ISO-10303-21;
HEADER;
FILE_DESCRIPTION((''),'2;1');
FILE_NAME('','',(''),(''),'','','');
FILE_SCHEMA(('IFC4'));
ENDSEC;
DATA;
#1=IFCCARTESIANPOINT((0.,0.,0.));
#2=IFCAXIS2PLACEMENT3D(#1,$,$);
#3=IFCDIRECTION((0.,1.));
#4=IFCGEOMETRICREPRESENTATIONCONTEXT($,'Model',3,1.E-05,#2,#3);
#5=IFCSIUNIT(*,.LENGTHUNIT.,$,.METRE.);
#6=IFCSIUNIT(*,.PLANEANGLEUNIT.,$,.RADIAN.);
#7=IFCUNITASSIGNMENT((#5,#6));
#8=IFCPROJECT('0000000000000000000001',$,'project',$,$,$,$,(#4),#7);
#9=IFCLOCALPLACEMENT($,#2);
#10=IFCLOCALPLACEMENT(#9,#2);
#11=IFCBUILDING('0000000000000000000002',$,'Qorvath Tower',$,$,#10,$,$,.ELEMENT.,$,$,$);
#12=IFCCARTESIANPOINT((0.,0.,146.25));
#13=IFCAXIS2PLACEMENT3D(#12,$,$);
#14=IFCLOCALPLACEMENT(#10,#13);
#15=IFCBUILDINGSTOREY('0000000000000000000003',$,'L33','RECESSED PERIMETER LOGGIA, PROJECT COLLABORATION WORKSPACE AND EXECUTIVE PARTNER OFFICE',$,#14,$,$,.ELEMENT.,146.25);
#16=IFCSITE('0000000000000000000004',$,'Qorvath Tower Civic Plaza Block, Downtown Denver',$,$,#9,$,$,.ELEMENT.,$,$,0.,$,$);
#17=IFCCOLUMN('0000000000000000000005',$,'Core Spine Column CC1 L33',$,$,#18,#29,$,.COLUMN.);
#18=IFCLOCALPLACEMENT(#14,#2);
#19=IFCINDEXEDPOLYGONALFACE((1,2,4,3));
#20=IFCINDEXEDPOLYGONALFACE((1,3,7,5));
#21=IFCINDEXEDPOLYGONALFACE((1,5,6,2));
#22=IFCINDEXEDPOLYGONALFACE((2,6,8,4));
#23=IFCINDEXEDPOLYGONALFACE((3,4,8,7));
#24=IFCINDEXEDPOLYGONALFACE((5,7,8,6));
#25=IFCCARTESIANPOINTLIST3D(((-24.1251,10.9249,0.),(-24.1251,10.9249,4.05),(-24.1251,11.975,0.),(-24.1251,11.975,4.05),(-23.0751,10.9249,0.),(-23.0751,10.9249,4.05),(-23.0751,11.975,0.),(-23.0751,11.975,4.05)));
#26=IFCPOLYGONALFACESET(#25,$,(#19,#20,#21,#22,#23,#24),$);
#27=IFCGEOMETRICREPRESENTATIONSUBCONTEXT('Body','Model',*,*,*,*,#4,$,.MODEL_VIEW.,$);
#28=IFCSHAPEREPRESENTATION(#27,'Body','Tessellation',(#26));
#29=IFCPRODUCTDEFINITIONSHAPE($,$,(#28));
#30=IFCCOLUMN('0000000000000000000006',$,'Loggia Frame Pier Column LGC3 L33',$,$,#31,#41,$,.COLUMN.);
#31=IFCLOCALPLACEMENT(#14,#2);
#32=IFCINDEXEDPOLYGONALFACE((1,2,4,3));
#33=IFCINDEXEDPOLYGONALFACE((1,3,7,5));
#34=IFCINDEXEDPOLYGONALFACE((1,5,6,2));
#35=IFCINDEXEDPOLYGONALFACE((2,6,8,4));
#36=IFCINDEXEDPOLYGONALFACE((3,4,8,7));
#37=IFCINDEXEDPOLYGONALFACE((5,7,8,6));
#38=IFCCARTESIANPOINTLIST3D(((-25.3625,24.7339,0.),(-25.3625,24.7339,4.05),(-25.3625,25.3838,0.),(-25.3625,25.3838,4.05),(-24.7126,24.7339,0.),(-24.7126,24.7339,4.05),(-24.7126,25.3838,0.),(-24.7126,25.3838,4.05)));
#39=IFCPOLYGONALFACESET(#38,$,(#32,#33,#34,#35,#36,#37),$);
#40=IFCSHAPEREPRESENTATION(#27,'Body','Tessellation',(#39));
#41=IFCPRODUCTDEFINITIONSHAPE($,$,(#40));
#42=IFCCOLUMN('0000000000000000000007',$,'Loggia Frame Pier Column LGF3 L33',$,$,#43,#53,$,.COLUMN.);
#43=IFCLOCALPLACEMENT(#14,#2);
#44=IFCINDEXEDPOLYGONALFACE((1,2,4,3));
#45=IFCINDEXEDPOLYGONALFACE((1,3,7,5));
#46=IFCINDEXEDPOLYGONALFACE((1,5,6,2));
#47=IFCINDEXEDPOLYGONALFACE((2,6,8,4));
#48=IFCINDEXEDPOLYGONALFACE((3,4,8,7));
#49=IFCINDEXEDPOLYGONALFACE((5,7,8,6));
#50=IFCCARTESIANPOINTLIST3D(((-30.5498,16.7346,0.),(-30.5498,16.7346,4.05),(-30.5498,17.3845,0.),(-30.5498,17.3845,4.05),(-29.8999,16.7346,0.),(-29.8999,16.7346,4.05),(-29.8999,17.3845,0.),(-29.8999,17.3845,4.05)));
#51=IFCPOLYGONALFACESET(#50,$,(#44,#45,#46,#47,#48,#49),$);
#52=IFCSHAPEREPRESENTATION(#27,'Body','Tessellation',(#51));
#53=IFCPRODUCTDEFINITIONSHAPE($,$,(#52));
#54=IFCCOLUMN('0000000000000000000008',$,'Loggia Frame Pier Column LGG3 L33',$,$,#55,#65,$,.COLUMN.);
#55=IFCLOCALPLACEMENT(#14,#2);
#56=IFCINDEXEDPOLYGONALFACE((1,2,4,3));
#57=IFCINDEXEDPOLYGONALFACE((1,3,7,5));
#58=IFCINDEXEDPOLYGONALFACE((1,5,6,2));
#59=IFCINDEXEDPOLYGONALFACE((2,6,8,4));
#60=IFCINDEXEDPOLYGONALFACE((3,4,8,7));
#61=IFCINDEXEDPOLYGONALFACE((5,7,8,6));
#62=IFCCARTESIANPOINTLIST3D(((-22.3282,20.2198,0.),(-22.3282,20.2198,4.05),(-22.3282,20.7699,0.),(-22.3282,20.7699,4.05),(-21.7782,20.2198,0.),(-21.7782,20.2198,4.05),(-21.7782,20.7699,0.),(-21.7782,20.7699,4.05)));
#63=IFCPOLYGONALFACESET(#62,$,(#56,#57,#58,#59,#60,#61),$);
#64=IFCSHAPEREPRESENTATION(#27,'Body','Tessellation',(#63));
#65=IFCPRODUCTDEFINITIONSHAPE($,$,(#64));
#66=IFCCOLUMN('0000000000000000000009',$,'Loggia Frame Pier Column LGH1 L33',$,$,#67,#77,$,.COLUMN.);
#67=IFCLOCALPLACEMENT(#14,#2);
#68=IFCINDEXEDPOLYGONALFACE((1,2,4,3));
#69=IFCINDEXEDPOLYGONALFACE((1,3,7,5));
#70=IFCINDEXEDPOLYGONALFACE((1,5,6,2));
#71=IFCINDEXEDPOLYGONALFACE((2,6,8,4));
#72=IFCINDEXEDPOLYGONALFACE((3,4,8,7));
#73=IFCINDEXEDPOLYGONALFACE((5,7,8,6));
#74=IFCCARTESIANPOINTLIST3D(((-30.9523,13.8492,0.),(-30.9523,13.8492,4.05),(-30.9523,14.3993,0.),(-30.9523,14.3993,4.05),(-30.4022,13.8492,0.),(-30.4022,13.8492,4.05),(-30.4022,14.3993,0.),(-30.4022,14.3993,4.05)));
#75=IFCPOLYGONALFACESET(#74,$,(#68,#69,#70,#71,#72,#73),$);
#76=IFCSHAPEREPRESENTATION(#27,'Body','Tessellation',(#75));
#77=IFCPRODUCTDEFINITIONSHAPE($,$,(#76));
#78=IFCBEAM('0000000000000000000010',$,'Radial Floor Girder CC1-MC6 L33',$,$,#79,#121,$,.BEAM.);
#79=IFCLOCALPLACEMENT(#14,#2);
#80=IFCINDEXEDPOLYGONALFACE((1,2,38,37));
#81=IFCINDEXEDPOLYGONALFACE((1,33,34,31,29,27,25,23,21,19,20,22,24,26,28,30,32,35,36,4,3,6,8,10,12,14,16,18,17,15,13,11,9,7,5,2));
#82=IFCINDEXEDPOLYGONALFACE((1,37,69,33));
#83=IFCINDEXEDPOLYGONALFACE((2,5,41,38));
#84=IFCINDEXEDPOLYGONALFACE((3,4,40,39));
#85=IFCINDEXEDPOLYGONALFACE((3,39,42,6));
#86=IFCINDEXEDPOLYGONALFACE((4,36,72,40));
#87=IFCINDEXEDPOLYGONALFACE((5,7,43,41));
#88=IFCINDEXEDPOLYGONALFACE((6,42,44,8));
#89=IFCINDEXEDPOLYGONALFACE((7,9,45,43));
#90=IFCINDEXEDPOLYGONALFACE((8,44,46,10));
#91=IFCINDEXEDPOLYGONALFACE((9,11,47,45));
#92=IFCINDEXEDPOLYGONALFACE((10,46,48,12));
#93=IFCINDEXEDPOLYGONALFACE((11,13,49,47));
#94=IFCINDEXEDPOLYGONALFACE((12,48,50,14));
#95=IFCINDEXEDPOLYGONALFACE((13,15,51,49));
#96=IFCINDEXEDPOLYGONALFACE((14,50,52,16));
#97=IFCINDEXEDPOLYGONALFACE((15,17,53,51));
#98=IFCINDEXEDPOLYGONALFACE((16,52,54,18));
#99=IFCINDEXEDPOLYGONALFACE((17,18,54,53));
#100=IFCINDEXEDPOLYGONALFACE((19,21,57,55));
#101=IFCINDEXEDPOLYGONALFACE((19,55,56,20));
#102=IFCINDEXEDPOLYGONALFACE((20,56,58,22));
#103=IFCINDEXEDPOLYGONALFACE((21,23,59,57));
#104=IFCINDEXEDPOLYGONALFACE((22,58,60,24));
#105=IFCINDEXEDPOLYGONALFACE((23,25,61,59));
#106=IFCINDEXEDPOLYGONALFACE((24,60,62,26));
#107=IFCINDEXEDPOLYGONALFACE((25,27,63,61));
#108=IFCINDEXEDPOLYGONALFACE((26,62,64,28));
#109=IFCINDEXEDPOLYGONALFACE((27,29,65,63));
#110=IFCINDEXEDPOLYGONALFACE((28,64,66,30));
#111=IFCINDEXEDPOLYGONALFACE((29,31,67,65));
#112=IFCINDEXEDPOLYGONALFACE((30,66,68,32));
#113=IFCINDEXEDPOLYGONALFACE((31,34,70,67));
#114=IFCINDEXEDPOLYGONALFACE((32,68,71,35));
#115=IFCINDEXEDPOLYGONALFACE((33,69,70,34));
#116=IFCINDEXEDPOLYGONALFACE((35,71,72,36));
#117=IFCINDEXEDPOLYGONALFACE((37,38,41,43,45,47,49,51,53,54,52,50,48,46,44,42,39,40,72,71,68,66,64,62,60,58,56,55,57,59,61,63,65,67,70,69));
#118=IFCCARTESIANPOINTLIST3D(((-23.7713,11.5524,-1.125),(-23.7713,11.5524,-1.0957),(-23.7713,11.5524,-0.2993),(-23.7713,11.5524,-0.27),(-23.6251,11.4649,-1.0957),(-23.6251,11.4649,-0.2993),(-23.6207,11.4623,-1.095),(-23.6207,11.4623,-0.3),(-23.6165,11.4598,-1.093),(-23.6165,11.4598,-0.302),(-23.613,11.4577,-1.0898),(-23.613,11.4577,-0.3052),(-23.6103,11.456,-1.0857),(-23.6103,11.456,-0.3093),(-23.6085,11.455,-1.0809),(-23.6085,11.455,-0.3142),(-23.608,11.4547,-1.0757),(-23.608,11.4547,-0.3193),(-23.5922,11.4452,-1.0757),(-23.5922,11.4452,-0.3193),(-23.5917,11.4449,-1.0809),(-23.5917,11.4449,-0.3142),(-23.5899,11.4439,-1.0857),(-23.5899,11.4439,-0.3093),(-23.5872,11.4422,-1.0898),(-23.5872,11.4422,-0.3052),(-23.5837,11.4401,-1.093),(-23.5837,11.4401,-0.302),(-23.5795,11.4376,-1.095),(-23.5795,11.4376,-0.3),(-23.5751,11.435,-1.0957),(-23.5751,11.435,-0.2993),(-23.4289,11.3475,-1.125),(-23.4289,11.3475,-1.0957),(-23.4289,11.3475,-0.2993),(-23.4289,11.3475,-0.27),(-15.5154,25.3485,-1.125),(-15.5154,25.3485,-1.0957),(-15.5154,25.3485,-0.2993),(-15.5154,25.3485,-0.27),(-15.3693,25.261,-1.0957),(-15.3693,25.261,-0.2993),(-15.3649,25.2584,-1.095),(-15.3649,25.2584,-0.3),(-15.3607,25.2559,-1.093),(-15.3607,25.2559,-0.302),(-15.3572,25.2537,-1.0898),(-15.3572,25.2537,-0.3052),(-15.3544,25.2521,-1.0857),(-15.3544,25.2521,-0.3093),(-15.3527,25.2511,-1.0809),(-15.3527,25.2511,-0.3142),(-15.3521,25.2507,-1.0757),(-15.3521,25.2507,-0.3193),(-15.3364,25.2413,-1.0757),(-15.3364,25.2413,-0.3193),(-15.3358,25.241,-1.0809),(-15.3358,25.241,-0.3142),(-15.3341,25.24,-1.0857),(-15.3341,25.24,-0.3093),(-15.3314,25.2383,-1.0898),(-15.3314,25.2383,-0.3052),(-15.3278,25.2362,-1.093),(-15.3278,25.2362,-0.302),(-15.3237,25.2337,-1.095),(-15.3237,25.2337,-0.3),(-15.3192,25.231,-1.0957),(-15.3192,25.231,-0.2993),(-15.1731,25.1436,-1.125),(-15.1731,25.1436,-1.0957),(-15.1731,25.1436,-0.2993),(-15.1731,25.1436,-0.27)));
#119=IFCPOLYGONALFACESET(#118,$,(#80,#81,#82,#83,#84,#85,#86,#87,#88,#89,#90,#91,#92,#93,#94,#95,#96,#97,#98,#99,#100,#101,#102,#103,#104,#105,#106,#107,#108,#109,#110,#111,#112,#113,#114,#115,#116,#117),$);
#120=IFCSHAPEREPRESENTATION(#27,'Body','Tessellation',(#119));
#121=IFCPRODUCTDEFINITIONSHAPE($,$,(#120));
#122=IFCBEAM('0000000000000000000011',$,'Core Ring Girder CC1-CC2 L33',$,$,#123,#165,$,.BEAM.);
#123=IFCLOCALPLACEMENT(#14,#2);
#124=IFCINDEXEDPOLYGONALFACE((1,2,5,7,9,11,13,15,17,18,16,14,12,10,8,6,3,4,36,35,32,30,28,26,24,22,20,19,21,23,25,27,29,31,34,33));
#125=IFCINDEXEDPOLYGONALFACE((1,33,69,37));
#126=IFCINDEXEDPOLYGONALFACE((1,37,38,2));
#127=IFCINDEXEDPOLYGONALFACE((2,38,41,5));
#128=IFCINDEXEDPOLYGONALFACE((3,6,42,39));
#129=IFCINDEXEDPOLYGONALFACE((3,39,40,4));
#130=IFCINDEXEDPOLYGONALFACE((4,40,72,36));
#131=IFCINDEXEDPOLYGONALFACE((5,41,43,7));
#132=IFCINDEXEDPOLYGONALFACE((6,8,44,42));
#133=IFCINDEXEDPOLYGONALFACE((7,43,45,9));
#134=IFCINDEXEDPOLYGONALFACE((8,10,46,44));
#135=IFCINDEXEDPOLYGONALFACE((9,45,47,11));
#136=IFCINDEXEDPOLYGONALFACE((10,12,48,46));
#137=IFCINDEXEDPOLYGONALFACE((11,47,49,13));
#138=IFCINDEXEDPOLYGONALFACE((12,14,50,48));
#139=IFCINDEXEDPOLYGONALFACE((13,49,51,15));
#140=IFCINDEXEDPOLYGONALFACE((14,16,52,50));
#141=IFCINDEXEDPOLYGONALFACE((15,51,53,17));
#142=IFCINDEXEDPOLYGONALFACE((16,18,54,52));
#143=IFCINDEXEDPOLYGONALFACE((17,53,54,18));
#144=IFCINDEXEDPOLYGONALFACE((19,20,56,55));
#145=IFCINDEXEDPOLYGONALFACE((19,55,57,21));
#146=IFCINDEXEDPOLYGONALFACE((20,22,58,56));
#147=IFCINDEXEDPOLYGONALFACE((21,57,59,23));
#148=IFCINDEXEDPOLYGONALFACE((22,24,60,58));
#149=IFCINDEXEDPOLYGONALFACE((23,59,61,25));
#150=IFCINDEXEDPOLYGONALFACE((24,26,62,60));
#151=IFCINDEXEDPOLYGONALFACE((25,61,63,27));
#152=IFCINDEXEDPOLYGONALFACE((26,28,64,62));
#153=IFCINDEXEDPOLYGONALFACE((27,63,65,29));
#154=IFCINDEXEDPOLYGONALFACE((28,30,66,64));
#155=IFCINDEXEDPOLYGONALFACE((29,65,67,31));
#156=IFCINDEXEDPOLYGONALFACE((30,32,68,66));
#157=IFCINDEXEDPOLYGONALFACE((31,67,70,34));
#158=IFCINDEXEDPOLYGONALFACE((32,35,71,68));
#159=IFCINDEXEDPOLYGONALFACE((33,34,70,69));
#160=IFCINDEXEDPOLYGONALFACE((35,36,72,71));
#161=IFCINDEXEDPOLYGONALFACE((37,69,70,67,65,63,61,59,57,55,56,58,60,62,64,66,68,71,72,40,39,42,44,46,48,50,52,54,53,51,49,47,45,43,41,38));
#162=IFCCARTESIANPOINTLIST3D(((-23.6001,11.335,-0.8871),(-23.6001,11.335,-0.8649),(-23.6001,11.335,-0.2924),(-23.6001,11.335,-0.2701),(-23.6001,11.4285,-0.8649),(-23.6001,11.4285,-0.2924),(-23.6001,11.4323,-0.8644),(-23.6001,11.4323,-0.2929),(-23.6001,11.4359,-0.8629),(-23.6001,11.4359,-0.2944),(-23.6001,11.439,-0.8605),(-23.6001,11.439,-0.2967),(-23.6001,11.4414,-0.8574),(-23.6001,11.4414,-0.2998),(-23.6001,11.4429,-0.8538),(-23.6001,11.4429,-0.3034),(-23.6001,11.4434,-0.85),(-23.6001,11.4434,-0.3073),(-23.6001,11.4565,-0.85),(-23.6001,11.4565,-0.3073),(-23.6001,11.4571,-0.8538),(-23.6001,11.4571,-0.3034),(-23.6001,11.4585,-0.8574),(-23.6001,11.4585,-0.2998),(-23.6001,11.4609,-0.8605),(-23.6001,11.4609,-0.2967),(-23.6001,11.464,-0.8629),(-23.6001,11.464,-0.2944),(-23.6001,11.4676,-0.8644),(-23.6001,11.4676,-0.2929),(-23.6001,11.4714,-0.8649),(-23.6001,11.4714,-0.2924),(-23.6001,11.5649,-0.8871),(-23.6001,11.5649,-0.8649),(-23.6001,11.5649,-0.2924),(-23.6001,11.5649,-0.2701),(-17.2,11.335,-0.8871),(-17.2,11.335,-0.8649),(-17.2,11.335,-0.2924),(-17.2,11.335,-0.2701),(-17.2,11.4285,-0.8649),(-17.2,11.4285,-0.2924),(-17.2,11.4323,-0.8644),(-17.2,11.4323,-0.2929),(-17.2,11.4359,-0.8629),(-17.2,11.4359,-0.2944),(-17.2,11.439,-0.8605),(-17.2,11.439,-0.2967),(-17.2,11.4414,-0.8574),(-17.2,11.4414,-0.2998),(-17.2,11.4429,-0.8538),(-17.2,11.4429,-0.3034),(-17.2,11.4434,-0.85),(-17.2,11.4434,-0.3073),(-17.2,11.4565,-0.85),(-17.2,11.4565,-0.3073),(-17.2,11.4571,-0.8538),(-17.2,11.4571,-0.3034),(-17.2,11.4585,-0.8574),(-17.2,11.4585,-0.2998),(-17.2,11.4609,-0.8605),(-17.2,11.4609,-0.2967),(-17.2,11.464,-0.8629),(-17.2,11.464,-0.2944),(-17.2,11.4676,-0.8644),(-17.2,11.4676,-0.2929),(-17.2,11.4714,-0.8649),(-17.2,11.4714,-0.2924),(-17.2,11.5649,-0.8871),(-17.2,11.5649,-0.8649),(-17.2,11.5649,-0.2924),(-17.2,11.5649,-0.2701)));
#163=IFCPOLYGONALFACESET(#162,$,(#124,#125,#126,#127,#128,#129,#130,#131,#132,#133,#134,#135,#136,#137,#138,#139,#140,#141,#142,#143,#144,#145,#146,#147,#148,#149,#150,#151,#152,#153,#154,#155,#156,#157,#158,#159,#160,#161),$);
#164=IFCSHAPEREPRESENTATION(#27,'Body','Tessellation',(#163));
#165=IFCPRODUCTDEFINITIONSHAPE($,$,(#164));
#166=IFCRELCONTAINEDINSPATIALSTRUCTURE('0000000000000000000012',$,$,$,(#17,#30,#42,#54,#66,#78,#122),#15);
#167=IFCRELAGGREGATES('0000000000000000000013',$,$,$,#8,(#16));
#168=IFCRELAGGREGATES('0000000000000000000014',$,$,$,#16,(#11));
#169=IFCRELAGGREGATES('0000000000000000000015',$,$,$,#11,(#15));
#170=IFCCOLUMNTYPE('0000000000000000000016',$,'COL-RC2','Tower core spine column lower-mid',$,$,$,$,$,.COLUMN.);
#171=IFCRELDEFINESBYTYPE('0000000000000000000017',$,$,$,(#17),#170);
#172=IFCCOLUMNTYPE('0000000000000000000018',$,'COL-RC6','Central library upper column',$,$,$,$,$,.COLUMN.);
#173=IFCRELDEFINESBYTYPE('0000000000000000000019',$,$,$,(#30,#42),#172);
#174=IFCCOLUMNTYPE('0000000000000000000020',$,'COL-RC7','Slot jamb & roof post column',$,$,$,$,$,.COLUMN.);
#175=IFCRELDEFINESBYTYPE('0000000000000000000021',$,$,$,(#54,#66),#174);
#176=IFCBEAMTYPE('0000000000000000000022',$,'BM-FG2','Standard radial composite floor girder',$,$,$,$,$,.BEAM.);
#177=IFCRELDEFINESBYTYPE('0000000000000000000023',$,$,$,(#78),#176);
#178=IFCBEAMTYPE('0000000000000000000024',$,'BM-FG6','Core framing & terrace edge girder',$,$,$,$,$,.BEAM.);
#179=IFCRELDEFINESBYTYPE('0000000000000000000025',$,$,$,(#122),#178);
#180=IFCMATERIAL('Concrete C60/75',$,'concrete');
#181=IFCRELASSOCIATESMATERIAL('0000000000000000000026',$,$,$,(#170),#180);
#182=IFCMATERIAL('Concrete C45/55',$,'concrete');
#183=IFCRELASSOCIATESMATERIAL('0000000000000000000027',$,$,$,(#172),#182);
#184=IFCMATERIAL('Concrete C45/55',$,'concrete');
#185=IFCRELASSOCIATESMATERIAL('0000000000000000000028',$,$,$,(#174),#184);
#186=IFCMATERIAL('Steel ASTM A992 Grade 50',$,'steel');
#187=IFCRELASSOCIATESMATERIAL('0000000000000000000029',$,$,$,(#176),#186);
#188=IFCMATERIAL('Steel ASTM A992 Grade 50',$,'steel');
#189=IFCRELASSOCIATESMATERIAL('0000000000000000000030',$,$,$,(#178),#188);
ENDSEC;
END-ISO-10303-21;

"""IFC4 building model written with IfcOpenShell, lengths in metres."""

from ifc_helpers import new_model, si_unit, direction, frame, origin, origin_2d, place, context, subcontext, project, spatial, rectangle, i_section, extrude, material, material_profile, profile_set, type_object, element, save


model = new_model("IFC4")

# Units and contexts
model_context = context("Model", 3, precision=1e-05, world=origin(), true_north=direction((0.0, 1.0)))
body_context = subcontext(model_context, "Body", "Model", "MODEL_VIEW")
ifc_project = project(units=[si_unit("LENGTHUNIT", "METRE"), si_unit("PLANEANGLEUNIT", "RADIAN")], contexts=[model_context])

# Site, building, storey
site_placement = place(None, origin())
site = spatial("IfcSite", under=ifc_project, at=site_placement, Name="Qorvath Tower Civic Plaza Block, Downtown Denver", CompositionType="ELEMENT", RefElevation=0.0)
building_placement = place(site_placement, origin())
building = spatial("IfcBuilding", under=site, at=building_placement, Name="Qorvath Tower", CompositionType="ELEMENT")
storey_placement = place(building_placement, frame((0.0, 0.0, 146.25)))
storey = spatial("IfcBuildingStorey", under=building, at=storey_placement, Name="L33", Description="RECESSED PERIMETER LOGGIA, PROJECT COLLABORATION WORKSPACE AND EXECUTIVE PARTNER OFFICE", CompositionType="ELEMENT", Elevation=146.25)

# Columns
ifc_material_1 = material(Name="Concrete C60/75", Category="concrete")
ifc_material_profile_1 = material_profile(ifc_material_1, rectangle(XDim=1.05, YDim=1.05, at=origin_2d()), Name="RC 1050x1050")
ifc_profile_set_1 = profile_set([ifc_material_profile_1], Name="Concrete C60/75")
column_type_1 = type_object("IfcColumnType", Name="COL-RC2", Description="Tower core spine column lower-mid", PredefinedType="COLUMN", material=ifc_profile_set_1)
column_placement = place(storey_placement, frame((-23.6001, 11.45, 0.0), z_axis=(0.0, 0.0, 1.0), x_axis=(1.0, 0.0, 0.0)))
element("IfcColumn", 1, at=column_placement, inside=storey, type_object=column_type_1, Name="Core Spine Column CC1 L33", PredefinedType="COLUMN", context=body_context, shape_type="SweptSolid", body=[
    extrude(rectangle(XDim=1.05, YDim=1.05, at=origin_2d()), origin(), (0.0, 0.0, 1.0), 4.05),
])
ifc_material_2 = material(Name="Concrete C45/55", Category="concrete")
ifc_material_profile_2 = material_profile(ifc_material_2, rectangle(XDim=0.6499, YDim=0.6499, at=origin_2d()), Name="RC 650x650")
ifc_profile_set_2 = profile_set([ifc_material_profile_2], Name="Concrete C45/55")
column_type_2 = type_object("IfcColumnType", Name="COL-RC6", Description="Central library upper column", PredefinedType="COLUMN", material=ifc_profile_set_2)
for number, where, z_axis, x_axis, name in (
    (2, (-25.0376, 25.0588, 0.0), (0.0, 0.0, 1.0), (1.0, 0.0, 0.0), "Loggia Frame Pier Column LGC3 L33"),
    (3, (-30.2249, 17.0596, 0.0), (0.0, 0.0, 1.0), (1.0, 0.0, 0.0), "Loggia Frame Pier Column LGF3 L33"),
):
    element("IfcColumn", number, at=place(storey_placement, frame(where, z_axis=z_axis, x_axis=x_axis)), inside=storey, type_object=column_type_2, Name=name, PredefinedType="COLUMN", context=body_context, shape_type="SweptSolid", body=[
        extrude(rectangle(XDim=0.6499, YDim=0.6499, at=origin_2d()), origin(), (0.0, 0.0, 1.0), 4.05),
    ])
ifc_material_3 = material(Name="Concrete C45/55", Category="concrete")
ifc_material_profile_3 = material_profile(ifc_material_3, rectangle(XDim=0.55, YDim=0.55, at=origin_2d()), Name="RC 550x550")
ifc_profile_set_3 = profile_set([ifc_material_profile_3], Name="Concrete C45/55")
column_type_3 = type_object("IfcColumnType", Name="COL-RC7", Description="Slot jamb & roof post column", PredefinedType="COLUMN", material=ifc_profile_set_3)
for number, where, z_axis, x_axis, name in (
    (4, (-22.0532, 20.4949, 0.0), (0.0, 0.0, 1.0), (1.0, 0.0, 0.0), "Loggia Frame Pier Column LGG3 L33"),
    (5, (-30.6772, 14.1243, 0.0), (0.0, 0.0, 1.0), (1.0, 0.0, 0.0), "Loggia Frame Pier Column LGH1 L33"),
):
    element("IfcColumn", number, at=place(storey_placement, frame(where, z_axis=z_axis, x_axis=x_axis)), inside=storey, type_object=column_type_3, Name=name, PredefinedType="COLUMN", context=body_context, shape_type="SweptSolid", body=[
        extrude(rectangle(XDim=0.55, YDim=0.55, at=origin_2d()), origin(), (0.0, 0.0, 1.0), 4.05),
    ])

# Beams
ifc_material_4 = material(Name="Steel ASTM A992 Grade 50", Category="steel")
ifc_material_profile_4 = material_profile(ifc_material_4, i_section(OverallWidth=0.3989, OverallDepth=0.855, WebThickness=0.0183, FlangeThickness=0.0293, FilletRadius=0.02, at=origin_2d()), Name="W33x201")
ifc_profile_set_4 = profile_set([ifc_material_profile_4], Name="Steel ASTM A992 Grade 50")
beam_type_1 = type_object("IfcBeamType", Name="BM-FG2", Description="Standard radial composite floor girder", PredefinedType="BEAM", material=ifc_profile_set_4)
beam_1_placement = place(storey_placement, frame((-23.6001, 11.45, -0.6975), z_axis=(0.513497, 0.858091, 0.0), x_axis=(-0.858091, 0.513497, 0.0)))
element("IfcBeam", 6, at=beam_1_placement, inside=storey, type_object=beam_type_1, Name="Radial Floor Girder CC1-MC6 L33", PredefinedType="BEAM", context=body_context, shape_type="SweptSolid", body=[
    extrude(i_section(OverallWidth=0.3989, OverallDepth=0.855, WebThickness=0.0183, FlangeThickness=0.0293, FilletRadius=0.02, at=origin_2d()), origin(), (0.0, 0.0, 1.0), 16.0776),
])
ifc_material_5 = material(Name="Steel ASTM A992 Grade 50", Category="steel")
ifc_material_profile_5 = material_profile(ifc_material_5, i_section(OverallWidth=0.23, OverallDepth=0.6169, WebThickness=0.0132, FlangeThickness=0.0222, FilletRadius=0.0149, at=origin_2d()), Name="W24x94")
ifc_profile_set_5 = profile_set([ifc_material_profile_5], Name="Steel ASTM A992 Grade 50")
beam_type_2 = type_object("IfcBeamType", Name="BM-FG6", Description="Core framing & terrace edge girder", PredefinedType="BEAM", material=ifc_profile_set_5)
beam_2_placement = place(storey_placement, frame((-23.6001, 11.45, -0.5786), z_axis=(1.0, 0.0, 0.0), x_axis=(0.0, 1.0, 0.0)))
element("IfcBeam", 7, at=beam_2_placement, inside=storey, type_object=beam_type_2, Name="Core Ring Girder CC1-CC2 L33", PredefinedType="BEAM", context=body_context, shape_type="SweptSolid", body=[
    extrude(i_section(OverallWidth=0.23, OverallDepth=0.6169, WebThickness=0.0132, FlangeThickness=0.0222, FilletRadius=0.0149, at=origin_2d()), origin(), (0.0, 0.0, 1.0), 6.4001),
])

save(model, "model.ifc")
